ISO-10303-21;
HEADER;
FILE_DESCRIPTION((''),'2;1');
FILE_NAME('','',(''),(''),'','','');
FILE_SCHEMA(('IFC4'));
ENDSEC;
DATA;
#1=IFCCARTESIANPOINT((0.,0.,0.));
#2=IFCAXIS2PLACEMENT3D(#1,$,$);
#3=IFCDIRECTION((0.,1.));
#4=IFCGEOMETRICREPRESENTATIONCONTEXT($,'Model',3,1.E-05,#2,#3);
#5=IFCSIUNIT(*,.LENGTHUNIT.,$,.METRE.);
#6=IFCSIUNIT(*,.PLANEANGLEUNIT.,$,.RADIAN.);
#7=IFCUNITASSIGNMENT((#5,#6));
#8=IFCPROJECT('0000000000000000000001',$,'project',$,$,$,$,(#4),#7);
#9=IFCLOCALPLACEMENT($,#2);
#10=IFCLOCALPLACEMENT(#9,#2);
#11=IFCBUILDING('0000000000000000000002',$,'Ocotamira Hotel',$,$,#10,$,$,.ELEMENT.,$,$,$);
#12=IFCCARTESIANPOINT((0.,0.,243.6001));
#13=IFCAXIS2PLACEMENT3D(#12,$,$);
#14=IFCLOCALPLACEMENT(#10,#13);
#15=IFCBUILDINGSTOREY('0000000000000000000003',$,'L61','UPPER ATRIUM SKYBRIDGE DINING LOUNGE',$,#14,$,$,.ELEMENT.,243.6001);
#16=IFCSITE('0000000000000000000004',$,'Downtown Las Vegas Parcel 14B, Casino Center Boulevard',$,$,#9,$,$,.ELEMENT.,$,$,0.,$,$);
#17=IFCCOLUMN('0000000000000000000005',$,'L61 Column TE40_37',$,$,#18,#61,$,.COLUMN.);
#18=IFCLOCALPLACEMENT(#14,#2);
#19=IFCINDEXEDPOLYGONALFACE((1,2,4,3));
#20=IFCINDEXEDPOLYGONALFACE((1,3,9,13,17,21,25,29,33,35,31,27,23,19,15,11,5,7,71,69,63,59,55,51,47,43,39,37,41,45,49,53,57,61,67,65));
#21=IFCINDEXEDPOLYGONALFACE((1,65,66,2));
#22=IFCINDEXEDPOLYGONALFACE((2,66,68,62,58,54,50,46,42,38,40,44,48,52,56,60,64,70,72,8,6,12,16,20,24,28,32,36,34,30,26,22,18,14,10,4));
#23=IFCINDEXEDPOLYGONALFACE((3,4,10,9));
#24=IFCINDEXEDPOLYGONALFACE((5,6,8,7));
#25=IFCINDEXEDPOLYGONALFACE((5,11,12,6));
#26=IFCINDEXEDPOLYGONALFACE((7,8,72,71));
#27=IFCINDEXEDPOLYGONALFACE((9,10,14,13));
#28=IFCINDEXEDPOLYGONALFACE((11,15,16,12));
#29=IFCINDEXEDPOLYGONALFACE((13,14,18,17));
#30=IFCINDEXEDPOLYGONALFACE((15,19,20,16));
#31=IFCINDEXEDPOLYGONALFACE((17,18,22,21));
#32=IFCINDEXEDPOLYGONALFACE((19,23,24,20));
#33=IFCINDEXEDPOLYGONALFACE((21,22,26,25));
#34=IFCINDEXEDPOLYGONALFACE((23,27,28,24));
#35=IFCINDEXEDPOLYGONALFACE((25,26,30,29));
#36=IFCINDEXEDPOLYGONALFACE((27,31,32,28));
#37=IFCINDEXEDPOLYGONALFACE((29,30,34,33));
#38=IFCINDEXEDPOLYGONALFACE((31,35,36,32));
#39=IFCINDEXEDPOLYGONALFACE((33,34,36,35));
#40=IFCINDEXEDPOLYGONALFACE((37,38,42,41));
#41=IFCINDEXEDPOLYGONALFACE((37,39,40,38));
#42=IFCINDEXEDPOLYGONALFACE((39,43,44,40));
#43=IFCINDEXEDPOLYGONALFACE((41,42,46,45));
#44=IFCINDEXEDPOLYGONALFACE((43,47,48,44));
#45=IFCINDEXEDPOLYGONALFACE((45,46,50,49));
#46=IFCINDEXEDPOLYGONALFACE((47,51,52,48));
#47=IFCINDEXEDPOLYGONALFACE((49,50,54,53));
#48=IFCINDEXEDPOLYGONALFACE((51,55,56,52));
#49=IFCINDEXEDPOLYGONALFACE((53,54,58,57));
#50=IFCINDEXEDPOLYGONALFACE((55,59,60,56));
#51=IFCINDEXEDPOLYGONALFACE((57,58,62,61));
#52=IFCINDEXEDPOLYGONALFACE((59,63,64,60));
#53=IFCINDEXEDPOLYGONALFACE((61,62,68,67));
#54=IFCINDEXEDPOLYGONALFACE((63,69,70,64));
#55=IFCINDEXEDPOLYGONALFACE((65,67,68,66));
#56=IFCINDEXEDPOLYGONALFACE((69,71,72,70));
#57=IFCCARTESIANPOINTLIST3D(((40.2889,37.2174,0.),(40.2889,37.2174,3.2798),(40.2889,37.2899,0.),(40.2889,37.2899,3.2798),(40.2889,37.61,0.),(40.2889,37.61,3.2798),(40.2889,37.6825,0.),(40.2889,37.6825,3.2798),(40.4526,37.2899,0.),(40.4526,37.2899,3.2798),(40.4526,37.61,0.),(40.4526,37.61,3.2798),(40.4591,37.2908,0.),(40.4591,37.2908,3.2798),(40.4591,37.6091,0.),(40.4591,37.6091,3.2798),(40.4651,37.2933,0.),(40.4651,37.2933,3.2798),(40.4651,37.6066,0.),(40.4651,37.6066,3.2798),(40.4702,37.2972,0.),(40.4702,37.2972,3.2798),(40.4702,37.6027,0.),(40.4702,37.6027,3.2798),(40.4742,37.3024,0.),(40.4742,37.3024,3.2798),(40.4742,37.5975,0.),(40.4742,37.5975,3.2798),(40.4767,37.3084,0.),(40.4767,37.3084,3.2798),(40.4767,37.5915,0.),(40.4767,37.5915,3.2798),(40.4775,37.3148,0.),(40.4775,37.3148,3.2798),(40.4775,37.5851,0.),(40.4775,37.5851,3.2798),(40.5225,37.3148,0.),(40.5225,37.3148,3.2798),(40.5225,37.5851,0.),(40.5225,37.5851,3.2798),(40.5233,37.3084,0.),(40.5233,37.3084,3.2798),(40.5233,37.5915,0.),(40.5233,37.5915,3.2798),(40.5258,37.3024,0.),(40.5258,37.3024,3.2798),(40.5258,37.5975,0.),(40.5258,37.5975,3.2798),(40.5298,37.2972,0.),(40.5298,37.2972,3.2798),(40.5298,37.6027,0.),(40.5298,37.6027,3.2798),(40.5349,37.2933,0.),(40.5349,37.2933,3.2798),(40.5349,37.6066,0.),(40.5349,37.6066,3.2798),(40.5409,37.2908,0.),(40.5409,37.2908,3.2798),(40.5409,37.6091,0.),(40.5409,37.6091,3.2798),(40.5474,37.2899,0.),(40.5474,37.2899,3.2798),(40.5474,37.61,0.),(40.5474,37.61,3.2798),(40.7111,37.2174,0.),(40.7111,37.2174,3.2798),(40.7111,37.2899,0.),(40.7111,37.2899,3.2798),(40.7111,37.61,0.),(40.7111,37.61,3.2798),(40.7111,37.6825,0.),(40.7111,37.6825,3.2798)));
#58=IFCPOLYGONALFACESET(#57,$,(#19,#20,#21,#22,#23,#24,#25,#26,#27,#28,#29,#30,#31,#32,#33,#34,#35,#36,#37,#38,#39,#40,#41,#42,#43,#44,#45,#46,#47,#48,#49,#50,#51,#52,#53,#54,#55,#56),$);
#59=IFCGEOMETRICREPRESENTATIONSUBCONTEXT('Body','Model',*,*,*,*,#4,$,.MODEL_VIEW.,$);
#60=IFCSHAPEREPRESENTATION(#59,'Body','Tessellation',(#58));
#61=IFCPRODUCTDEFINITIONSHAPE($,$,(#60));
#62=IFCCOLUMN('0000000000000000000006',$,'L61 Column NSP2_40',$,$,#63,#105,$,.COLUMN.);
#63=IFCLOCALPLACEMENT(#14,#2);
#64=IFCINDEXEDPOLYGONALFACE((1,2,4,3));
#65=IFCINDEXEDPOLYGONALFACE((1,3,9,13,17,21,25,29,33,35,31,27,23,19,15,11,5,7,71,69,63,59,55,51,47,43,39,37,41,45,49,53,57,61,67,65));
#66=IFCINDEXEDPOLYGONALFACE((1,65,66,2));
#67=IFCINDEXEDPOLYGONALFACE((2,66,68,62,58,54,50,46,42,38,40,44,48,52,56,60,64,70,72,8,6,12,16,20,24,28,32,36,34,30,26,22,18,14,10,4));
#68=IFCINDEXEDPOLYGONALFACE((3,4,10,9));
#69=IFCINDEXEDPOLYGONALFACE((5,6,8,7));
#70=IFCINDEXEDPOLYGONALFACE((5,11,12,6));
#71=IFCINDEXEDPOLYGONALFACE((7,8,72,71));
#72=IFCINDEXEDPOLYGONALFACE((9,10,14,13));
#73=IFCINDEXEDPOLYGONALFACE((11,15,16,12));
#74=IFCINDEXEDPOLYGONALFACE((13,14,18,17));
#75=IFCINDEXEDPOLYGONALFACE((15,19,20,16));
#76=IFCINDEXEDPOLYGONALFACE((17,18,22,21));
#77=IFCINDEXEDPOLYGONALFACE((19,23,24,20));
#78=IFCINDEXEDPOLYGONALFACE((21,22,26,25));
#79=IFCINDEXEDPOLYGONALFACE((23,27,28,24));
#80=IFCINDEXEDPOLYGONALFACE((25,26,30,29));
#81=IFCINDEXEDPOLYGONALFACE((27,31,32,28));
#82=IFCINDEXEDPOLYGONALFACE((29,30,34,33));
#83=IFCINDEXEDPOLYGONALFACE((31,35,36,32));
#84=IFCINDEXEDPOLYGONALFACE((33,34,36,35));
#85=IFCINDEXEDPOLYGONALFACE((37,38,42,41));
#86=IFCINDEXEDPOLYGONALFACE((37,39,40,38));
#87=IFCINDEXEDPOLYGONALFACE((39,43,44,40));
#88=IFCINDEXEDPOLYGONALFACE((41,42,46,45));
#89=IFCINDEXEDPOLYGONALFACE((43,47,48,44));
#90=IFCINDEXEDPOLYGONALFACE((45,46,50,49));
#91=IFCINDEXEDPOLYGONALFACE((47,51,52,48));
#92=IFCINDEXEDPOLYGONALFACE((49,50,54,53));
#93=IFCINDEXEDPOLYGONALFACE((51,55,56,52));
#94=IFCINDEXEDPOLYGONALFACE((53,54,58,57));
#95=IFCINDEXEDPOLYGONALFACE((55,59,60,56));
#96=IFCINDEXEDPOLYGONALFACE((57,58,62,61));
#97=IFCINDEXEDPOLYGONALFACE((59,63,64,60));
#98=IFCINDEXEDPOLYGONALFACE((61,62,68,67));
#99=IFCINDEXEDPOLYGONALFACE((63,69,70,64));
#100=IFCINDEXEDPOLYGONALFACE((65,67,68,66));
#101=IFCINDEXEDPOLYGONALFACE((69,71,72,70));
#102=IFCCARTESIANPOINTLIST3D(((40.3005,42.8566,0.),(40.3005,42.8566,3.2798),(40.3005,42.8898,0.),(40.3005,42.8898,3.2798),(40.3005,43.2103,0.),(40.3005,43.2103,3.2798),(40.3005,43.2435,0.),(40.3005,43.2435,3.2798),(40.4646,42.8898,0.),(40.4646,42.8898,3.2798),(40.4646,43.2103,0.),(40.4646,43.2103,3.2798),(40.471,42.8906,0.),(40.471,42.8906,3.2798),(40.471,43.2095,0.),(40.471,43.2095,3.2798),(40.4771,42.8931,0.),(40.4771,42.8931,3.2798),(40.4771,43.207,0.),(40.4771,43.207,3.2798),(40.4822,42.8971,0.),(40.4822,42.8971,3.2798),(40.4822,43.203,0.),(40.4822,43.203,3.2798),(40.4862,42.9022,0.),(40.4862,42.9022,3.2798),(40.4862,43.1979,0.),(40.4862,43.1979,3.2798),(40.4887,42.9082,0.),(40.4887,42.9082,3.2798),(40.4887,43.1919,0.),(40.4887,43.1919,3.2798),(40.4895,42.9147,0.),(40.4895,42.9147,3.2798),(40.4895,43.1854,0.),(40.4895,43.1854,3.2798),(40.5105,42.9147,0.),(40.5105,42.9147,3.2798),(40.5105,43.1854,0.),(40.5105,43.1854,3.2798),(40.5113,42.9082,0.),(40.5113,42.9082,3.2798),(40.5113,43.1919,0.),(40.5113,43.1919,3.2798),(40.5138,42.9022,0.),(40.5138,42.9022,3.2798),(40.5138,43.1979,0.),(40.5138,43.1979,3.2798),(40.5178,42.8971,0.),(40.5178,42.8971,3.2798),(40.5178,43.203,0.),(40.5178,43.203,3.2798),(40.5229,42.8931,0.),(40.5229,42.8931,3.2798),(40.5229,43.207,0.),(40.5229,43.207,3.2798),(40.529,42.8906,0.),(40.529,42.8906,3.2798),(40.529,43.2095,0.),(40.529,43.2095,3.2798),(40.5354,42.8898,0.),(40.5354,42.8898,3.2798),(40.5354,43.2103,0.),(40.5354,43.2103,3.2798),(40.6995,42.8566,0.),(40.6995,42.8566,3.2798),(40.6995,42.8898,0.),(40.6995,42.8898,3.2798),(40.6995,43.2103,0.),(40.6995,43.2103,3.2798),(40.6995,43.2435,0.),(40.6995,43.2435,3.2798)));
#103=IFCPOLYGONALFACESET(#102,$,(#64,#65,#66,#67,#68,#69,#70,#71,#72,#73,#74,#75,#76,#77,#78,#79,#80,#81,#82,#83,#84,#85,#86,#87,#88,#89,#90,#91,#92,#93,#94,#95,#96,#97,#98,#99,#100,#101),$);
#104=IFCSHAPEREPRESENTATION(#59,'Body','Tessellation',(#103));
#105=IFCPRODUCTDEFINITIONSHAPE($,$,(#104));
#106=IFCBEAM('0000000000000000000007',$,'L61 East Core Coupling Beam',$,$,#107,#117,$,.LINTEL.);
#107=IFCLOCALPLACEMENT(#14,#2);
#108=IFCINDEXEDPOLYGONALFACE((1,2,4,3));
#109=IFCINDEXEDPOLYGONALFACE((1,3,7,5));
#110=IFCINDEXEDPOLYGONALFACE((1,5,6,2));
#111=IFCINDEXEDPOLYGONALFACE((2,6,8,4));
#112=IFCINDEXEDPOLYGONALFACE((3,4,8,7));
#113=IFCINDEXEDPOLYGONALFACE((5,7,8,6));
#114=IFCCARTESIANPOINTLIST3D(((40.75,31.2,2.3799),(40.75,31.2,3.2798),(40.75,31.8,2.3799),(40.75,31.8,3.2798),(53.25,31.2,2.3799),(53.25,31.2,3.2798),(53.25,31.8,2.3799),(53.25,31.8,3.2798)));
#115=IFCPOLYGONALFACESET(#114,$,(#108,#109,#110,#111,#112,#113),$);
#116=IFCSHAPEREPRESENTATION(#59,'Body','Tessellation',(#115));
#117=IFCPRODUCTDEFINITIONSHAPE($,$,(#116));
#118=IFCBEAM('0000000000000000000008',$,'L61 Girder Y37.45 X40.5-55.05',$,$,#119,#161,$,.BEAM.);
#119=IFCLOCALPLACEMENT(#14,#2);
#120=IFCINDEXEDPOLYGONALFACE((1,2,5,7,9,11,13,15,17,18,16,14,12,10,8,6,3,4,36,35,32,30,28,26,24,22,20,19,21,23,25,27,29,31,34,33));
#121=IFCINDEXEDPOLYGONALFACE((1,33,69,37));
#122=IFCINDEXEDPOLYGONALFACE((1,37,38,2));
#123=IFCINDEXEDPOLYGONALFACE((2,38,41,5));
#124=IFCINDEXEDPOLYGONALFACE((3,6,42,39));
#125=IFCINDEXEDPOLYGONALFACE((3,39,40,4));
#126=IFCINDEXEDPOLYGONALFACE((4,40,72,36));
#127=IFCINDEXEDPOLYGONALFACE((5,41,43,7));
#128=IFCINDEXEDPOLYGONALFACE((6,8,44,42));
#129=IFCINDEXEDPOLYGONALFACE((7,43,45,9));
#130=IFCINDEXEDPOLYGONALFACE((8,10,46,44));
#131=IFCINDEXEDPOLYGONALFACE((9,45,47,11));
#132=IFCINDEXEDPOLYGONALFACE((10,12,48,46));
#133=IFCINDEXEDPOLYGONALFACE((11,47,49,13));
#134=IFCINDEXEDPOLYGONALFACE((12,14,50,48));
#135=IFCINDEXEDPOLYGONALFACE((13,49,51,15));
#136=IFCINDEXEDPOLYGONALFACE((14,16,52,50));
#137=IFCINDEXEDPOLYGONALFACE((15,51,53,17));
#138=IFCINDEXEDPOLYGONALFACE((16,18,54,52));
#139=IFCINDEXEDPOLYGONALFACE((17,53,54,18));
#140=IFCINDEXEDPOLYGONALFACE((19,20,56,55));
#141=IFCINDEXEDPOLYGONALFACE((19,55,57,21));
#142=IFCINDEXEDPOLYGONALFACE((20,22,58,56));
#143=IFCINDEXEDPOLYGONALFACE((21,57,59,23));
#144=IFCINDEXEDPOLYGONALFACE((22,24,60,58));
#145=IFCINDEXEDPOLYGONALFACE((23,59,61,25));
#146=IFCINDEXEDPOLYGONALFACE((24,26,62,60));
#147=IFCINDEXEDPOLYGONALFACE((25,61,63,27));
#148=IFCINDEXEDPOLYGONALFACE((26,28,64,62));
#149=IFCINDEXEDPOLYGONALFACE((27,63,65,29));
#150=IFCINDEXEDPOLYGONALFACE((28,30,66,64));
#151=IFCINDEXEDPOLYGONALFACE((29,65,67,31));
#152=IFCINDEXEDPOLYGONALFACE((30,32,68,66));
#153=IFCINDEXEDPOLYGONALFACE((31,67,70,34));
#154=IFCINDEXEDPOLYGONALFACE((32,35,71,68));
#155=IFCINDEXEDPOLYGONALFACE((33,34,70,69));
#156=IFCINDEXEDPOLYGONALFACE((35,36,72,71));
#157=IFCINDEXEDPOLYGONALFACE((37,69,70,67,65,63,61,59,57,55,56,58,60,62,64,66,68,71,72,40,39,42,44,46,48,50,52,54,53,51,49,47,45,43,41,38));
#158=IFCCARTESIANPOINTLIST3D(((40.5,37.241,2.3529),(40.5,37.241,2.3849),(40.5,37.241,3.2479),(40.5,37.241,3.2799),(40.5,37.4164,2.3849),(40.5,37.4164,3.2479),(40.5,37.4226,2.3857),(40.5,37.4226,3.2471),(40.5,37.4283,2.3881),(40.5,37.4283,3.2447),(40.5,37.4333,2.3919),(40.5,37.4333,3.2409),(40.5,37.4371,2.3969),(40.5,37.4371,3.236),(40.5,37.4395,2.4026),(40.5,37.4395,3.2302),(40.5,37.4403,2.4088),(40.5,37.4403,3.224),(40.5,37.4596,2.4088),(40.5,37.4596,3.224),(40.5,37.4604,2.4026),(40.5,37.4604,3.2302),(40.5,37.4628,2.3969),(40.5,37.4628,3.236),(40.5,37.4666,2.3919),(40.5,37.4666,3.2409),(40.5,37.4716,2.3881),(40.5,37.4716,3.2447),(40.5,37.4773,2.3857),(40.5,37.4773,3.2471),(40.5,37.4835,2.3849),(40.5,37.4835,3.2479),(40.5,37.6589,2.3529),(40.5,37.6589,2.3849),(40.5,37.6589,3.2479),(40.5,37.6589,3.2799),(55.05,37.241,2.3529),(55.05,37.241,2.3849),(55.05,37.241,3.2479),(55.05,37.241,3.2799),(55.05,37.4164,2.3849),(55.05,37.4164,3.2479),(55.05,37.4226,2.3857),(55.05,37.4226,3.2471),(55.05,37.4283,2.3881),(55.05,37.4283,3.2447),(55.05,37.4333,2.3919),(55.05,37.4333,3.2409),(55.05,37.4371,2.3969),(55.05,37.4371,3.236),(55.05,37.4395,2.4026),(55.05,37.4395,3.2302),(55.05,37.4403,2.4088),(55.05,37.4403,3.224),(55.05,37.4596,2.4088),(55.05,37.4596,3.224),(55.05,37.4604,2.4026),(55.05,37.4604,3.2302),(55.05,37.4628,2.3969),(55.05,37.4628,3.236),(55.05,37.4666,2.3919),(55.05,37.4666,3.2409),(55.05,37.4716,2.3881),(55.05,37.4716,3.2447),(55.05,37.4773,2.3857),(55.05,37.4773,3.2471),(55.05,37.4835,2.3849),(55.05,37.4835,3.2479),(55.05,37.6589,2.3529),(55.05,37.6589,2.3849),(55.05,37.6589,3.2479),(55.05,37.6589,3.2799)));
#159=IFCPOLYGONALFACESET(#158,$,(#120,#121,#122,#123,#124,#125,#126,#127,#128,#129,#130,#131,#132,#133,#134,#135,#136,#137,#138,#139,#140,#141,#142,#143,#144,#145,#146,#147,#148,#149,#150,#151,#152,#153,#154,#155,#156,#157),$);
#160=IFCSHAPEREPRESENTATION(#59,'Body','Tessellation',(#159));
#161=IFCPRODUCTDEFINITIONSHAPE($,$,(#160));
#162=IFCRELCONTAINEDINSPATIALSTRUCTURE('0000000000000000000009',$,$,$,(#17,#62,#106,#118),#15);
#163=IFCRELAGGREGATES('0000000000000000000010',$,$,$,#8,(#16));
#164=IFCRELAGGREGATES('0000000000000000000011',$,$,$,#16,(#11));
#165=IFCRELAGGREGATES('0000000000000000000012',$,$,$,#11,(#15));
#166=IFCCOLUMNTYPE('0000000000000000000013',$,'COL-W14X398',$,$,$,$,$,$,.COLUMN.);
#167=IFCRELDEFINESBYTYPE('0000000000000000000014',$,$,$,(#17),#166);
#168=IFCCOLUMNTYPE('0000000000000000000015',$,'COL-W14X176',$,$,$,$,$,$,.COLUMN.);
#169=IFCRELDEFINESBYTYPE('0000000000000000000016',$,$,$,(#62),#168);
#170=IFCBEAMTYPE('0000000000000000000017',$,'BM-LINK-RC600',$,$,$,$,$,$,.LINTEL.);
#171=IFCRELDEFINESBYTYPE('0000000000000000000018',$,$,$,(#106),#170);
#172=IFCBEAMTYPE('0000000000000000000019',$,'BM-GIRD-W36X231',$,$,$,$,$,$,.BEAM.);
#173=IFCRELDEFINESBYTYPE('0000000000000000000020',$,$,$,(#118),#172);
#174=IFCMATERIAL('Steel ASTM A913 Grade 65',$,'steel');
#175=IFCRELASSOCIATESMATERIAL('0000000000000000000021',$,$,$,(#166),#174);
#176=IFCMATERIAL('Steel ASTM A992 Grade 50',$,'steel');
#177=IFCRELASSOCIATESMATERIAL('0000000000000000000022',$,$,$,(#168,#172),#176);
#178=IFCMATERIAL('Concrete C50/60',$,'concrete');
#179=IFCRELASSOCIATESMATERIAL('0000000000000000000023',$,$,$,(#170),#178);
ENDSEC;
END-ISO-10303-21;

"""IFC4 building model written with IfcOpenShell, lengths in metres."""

from ifc_helpers import new_model, si_unit, direction, frame, origin, origin_2d, place, context, subcontext, project, spatial, rectangle, i_section, extrude, source, transform, mapped, material, material_profile, profile_set, type_object, element, save


model = new_model("IFC4")

# Units and contexts
model_context = context("Model", 3, precision=1e-05, world=origin(), true_north=direction((0.0, 1.0)))
body_context = subcontext(model_context, "Body", "Model", "MODEL_VIEW")
ifc_project = project(units=[si_unit("LENGTHUNIT", "METRE"), si_unit("PLANEANGLEUNIT", "RADIAN")], contexts=[model_context])

# Site, building, storey
site_placement = place(None, origin())
site = spatial("IfcSite", under=ifc_project, at=site_placement, Name="Downtown Las Vegas Parcel 14B, Casino Center Boulevard", CompositionType="ELEMENT", RefElevation=0.0)
building_placement = place(site_placement, origin())
building = spatial("IfcBuilding", under=site, at=building_placement, Name="Ocotamira Hotel", CompositionType="ELEMENT")
storey_placement = place(building_placement, frame((0.0, 0.0, 243.6001)))
storey = spatial("IfcBuildingStorey", under=building, at=storey_placement, Name="L61", Description="UPPER ATRIUM SKYBRIDGE DINING LOUNGE", CompositionType="ELEMENT", Elevation=243.6001)

# Columns
ifc_material_1 = material(Name="Steel ASTM A913 Grade 65", Category="steel")
ifc_material_profile_1 = material_profile(ifc_material_1, i_section(OverallWidth=0.4221, OverallDepth=0.4651, WebThickness=0.0449, FlangeThickness=0.0725, FilletRadius=0.0249, at=origin_2d()), Name="W14X398")
ifc_profile_set_1 = profile_set([ifc_material_profile_1], Name="Steel ASTM A913 Grade 65")
column_type_1 = type_object("IfcColumnType", Name="COL-W14X398", PredefinedType="COLUMN", material=ifc_profile_set_1)
shared_shape_1 = source(origin(), body_context, "Body", "SweptSolid", [
    extrude(i_section(OverallWidth=0.4221, OverallDepth=0.4651, WebThickness=0.0449, FlangeThickness=0.0725, FilletRadius=0.0249, at=origin_2d()), origin(), (0.0, 0.0, 1.0), 3.2798),
])
column_1_placement = place(storey_placement, frame((40.5, 37.45, 0.0), z_axis=(0.0, 0.0, 1.0), x_axis=(1.0, 0.0, 0.0)))
element("IfcColumn", 1, at=column_1_placement, inside=storey, type_object=column_type_1, Name="L61 Column TE40_37", PredefinedType="COLUMN", context=body_context, shape_type="MappedRepresentation", body=[
    mapped(shared_shape_1, transform((0.0, 0.0, 0.0), scale=1.0)),
])
ifc_material_2 = material(Name="Steel ASTM A992 Grade 50", Category="steel")
ifc_material_profile_2 = material_profile(ifc_material_2, i_section(OverallWidth=0.3989, OverallDepth=0.387, WebThickness=0.021, FlangeThickness=0.0332, FilletRadius=0.0249, at=origin_2d()), Name="W14X176")
ifc_profile_set_2 = profile_set([ifc_material_profile_2], Name="Steel ASTM A992 Grade 50")
column_type_2 = type_object("IfcColumnType", Name="COL-W14X176", PredefinedType="COLUMN", material=ifc_profile_set_2)
shared_shape_2 = source(origin(), body_context, "Body", "SweptSolid", [
    extrude(i_section(OverallWidth=0.3989, OverallDepth=0.387, WebThickness=0.021, FlangeThickness=0.0332, FilletRadius=0.0249, at=origin_2d()), origin(), (0.0, 0.0, 1.0), 3.2798),
])
column_2_placement = place(storey_placement, frame((40.5, 43.05, 0.0), z_axis=(0.0, 0.0, 1.0), x_axis=(1.0, 0.0, 0.0)))
element("IfcColumn", 2, at=column_2_placement, inside=storey, type_object=column_type_2, Name="L61 Column NSP2_40", PredefinedType="COLUMN", context=body_context, shape_type="MappedRepresentation", body=[
    mapped(shared_shape_2, transform((0.0, 0.0, 0.0), scale=1.0)),
])

# Beams
ifc_material_3 = material(Name="Concrete C50/60", Category="concrete")
ifc_material_profile_3 = material_profile(ifc_material_3, rectangle(XDim=0.6001, YDim=0.8999, at=origin_2d()), Name="RC600X900")
ifc_profile_set_3 = profile_set([ifc_material_profile_3], Name="Concrete C50/60")
beam_type_1 = type_object("IfcBeamType", Name="BM-LINK-RC600", PredefinedType="LINTEL", material=ifc_profile_set_3)
shared_shape_3 = source(origin(), body_context, "Body", "SweptSolid", [
    extrude(rectangle(XDim=0.6001, YDim=0.8999, at=origin_2d()), origin(), (0.0, 0.0, 1.0), 12.5),
])
beam_1_placement = place(storey_placement, frame((40.75, 31.5, 2.8298), z_axis=(1.0, 0.0, 0.0), x_axis=(0.0, 1.0, 0.0)))
element("IfcBeam", 3, at=beam_1_placement, inside=storey, type_object=beam_type_1, Name="L61 East Core Coupling Beam", PredefinedType="LINTEL", context=body_context, shape_type="MappedRepresentation", body=[
    mapped(shared_shape_3, transform((0.0, 0.0, 0.0), scale=1.0)),
])
ifc_material_profile_4 = material_profile(ifc_material_2, i_section(OverallWidth=0.418, OverallDepth=0.927, WebThickness=0.0193, FlangeThickness=0.032, FilletRadius=0.0239, at=origin_2d()), Name="W36X231")
ifc_profile_set_4 = profile_set([ifc_material_profile_4], Name="Steel ASTM A992 Grade 50")
beam_type_2 = type_object("IfcBeamType", Name="BM-GIRD-W36X231", PredefinedType="BEAM", material=ifc_profile_set_4)
shared_shape_4 = source(origin(), body_context, "Body", "SweptSolid", [
    extrude(i_section(OverallWidth=0.418, OverallDepth=0.927, WebThickness=0.0193, FlangeThickness=0.032, FilletRadius=0.0239, at=origin_2d()), origin(), (0.0, 0.0, 1.0), 14.55),
])
beam_2_placement = place(storey_placement, frame((40.5, 37.45, 2.8164), z_axis=(1.0, 0.0, 0.0), x_axis=(0.0, 1.0, 0.0)))
element("IfcBeam", 4, at=beam_2_placement, inside=storey, type_object=beam_type_2, Name="L61 Girder Y37.45 X40.5-55.05", PredefinedType="BEAM", context=body_context, shape_type="MappedRepresentation", body=[
    mapped(shared_shape_4, transform((0.0, 0.0, 0.0), scale=1.0)),
])

save(model, "model.ifc")
